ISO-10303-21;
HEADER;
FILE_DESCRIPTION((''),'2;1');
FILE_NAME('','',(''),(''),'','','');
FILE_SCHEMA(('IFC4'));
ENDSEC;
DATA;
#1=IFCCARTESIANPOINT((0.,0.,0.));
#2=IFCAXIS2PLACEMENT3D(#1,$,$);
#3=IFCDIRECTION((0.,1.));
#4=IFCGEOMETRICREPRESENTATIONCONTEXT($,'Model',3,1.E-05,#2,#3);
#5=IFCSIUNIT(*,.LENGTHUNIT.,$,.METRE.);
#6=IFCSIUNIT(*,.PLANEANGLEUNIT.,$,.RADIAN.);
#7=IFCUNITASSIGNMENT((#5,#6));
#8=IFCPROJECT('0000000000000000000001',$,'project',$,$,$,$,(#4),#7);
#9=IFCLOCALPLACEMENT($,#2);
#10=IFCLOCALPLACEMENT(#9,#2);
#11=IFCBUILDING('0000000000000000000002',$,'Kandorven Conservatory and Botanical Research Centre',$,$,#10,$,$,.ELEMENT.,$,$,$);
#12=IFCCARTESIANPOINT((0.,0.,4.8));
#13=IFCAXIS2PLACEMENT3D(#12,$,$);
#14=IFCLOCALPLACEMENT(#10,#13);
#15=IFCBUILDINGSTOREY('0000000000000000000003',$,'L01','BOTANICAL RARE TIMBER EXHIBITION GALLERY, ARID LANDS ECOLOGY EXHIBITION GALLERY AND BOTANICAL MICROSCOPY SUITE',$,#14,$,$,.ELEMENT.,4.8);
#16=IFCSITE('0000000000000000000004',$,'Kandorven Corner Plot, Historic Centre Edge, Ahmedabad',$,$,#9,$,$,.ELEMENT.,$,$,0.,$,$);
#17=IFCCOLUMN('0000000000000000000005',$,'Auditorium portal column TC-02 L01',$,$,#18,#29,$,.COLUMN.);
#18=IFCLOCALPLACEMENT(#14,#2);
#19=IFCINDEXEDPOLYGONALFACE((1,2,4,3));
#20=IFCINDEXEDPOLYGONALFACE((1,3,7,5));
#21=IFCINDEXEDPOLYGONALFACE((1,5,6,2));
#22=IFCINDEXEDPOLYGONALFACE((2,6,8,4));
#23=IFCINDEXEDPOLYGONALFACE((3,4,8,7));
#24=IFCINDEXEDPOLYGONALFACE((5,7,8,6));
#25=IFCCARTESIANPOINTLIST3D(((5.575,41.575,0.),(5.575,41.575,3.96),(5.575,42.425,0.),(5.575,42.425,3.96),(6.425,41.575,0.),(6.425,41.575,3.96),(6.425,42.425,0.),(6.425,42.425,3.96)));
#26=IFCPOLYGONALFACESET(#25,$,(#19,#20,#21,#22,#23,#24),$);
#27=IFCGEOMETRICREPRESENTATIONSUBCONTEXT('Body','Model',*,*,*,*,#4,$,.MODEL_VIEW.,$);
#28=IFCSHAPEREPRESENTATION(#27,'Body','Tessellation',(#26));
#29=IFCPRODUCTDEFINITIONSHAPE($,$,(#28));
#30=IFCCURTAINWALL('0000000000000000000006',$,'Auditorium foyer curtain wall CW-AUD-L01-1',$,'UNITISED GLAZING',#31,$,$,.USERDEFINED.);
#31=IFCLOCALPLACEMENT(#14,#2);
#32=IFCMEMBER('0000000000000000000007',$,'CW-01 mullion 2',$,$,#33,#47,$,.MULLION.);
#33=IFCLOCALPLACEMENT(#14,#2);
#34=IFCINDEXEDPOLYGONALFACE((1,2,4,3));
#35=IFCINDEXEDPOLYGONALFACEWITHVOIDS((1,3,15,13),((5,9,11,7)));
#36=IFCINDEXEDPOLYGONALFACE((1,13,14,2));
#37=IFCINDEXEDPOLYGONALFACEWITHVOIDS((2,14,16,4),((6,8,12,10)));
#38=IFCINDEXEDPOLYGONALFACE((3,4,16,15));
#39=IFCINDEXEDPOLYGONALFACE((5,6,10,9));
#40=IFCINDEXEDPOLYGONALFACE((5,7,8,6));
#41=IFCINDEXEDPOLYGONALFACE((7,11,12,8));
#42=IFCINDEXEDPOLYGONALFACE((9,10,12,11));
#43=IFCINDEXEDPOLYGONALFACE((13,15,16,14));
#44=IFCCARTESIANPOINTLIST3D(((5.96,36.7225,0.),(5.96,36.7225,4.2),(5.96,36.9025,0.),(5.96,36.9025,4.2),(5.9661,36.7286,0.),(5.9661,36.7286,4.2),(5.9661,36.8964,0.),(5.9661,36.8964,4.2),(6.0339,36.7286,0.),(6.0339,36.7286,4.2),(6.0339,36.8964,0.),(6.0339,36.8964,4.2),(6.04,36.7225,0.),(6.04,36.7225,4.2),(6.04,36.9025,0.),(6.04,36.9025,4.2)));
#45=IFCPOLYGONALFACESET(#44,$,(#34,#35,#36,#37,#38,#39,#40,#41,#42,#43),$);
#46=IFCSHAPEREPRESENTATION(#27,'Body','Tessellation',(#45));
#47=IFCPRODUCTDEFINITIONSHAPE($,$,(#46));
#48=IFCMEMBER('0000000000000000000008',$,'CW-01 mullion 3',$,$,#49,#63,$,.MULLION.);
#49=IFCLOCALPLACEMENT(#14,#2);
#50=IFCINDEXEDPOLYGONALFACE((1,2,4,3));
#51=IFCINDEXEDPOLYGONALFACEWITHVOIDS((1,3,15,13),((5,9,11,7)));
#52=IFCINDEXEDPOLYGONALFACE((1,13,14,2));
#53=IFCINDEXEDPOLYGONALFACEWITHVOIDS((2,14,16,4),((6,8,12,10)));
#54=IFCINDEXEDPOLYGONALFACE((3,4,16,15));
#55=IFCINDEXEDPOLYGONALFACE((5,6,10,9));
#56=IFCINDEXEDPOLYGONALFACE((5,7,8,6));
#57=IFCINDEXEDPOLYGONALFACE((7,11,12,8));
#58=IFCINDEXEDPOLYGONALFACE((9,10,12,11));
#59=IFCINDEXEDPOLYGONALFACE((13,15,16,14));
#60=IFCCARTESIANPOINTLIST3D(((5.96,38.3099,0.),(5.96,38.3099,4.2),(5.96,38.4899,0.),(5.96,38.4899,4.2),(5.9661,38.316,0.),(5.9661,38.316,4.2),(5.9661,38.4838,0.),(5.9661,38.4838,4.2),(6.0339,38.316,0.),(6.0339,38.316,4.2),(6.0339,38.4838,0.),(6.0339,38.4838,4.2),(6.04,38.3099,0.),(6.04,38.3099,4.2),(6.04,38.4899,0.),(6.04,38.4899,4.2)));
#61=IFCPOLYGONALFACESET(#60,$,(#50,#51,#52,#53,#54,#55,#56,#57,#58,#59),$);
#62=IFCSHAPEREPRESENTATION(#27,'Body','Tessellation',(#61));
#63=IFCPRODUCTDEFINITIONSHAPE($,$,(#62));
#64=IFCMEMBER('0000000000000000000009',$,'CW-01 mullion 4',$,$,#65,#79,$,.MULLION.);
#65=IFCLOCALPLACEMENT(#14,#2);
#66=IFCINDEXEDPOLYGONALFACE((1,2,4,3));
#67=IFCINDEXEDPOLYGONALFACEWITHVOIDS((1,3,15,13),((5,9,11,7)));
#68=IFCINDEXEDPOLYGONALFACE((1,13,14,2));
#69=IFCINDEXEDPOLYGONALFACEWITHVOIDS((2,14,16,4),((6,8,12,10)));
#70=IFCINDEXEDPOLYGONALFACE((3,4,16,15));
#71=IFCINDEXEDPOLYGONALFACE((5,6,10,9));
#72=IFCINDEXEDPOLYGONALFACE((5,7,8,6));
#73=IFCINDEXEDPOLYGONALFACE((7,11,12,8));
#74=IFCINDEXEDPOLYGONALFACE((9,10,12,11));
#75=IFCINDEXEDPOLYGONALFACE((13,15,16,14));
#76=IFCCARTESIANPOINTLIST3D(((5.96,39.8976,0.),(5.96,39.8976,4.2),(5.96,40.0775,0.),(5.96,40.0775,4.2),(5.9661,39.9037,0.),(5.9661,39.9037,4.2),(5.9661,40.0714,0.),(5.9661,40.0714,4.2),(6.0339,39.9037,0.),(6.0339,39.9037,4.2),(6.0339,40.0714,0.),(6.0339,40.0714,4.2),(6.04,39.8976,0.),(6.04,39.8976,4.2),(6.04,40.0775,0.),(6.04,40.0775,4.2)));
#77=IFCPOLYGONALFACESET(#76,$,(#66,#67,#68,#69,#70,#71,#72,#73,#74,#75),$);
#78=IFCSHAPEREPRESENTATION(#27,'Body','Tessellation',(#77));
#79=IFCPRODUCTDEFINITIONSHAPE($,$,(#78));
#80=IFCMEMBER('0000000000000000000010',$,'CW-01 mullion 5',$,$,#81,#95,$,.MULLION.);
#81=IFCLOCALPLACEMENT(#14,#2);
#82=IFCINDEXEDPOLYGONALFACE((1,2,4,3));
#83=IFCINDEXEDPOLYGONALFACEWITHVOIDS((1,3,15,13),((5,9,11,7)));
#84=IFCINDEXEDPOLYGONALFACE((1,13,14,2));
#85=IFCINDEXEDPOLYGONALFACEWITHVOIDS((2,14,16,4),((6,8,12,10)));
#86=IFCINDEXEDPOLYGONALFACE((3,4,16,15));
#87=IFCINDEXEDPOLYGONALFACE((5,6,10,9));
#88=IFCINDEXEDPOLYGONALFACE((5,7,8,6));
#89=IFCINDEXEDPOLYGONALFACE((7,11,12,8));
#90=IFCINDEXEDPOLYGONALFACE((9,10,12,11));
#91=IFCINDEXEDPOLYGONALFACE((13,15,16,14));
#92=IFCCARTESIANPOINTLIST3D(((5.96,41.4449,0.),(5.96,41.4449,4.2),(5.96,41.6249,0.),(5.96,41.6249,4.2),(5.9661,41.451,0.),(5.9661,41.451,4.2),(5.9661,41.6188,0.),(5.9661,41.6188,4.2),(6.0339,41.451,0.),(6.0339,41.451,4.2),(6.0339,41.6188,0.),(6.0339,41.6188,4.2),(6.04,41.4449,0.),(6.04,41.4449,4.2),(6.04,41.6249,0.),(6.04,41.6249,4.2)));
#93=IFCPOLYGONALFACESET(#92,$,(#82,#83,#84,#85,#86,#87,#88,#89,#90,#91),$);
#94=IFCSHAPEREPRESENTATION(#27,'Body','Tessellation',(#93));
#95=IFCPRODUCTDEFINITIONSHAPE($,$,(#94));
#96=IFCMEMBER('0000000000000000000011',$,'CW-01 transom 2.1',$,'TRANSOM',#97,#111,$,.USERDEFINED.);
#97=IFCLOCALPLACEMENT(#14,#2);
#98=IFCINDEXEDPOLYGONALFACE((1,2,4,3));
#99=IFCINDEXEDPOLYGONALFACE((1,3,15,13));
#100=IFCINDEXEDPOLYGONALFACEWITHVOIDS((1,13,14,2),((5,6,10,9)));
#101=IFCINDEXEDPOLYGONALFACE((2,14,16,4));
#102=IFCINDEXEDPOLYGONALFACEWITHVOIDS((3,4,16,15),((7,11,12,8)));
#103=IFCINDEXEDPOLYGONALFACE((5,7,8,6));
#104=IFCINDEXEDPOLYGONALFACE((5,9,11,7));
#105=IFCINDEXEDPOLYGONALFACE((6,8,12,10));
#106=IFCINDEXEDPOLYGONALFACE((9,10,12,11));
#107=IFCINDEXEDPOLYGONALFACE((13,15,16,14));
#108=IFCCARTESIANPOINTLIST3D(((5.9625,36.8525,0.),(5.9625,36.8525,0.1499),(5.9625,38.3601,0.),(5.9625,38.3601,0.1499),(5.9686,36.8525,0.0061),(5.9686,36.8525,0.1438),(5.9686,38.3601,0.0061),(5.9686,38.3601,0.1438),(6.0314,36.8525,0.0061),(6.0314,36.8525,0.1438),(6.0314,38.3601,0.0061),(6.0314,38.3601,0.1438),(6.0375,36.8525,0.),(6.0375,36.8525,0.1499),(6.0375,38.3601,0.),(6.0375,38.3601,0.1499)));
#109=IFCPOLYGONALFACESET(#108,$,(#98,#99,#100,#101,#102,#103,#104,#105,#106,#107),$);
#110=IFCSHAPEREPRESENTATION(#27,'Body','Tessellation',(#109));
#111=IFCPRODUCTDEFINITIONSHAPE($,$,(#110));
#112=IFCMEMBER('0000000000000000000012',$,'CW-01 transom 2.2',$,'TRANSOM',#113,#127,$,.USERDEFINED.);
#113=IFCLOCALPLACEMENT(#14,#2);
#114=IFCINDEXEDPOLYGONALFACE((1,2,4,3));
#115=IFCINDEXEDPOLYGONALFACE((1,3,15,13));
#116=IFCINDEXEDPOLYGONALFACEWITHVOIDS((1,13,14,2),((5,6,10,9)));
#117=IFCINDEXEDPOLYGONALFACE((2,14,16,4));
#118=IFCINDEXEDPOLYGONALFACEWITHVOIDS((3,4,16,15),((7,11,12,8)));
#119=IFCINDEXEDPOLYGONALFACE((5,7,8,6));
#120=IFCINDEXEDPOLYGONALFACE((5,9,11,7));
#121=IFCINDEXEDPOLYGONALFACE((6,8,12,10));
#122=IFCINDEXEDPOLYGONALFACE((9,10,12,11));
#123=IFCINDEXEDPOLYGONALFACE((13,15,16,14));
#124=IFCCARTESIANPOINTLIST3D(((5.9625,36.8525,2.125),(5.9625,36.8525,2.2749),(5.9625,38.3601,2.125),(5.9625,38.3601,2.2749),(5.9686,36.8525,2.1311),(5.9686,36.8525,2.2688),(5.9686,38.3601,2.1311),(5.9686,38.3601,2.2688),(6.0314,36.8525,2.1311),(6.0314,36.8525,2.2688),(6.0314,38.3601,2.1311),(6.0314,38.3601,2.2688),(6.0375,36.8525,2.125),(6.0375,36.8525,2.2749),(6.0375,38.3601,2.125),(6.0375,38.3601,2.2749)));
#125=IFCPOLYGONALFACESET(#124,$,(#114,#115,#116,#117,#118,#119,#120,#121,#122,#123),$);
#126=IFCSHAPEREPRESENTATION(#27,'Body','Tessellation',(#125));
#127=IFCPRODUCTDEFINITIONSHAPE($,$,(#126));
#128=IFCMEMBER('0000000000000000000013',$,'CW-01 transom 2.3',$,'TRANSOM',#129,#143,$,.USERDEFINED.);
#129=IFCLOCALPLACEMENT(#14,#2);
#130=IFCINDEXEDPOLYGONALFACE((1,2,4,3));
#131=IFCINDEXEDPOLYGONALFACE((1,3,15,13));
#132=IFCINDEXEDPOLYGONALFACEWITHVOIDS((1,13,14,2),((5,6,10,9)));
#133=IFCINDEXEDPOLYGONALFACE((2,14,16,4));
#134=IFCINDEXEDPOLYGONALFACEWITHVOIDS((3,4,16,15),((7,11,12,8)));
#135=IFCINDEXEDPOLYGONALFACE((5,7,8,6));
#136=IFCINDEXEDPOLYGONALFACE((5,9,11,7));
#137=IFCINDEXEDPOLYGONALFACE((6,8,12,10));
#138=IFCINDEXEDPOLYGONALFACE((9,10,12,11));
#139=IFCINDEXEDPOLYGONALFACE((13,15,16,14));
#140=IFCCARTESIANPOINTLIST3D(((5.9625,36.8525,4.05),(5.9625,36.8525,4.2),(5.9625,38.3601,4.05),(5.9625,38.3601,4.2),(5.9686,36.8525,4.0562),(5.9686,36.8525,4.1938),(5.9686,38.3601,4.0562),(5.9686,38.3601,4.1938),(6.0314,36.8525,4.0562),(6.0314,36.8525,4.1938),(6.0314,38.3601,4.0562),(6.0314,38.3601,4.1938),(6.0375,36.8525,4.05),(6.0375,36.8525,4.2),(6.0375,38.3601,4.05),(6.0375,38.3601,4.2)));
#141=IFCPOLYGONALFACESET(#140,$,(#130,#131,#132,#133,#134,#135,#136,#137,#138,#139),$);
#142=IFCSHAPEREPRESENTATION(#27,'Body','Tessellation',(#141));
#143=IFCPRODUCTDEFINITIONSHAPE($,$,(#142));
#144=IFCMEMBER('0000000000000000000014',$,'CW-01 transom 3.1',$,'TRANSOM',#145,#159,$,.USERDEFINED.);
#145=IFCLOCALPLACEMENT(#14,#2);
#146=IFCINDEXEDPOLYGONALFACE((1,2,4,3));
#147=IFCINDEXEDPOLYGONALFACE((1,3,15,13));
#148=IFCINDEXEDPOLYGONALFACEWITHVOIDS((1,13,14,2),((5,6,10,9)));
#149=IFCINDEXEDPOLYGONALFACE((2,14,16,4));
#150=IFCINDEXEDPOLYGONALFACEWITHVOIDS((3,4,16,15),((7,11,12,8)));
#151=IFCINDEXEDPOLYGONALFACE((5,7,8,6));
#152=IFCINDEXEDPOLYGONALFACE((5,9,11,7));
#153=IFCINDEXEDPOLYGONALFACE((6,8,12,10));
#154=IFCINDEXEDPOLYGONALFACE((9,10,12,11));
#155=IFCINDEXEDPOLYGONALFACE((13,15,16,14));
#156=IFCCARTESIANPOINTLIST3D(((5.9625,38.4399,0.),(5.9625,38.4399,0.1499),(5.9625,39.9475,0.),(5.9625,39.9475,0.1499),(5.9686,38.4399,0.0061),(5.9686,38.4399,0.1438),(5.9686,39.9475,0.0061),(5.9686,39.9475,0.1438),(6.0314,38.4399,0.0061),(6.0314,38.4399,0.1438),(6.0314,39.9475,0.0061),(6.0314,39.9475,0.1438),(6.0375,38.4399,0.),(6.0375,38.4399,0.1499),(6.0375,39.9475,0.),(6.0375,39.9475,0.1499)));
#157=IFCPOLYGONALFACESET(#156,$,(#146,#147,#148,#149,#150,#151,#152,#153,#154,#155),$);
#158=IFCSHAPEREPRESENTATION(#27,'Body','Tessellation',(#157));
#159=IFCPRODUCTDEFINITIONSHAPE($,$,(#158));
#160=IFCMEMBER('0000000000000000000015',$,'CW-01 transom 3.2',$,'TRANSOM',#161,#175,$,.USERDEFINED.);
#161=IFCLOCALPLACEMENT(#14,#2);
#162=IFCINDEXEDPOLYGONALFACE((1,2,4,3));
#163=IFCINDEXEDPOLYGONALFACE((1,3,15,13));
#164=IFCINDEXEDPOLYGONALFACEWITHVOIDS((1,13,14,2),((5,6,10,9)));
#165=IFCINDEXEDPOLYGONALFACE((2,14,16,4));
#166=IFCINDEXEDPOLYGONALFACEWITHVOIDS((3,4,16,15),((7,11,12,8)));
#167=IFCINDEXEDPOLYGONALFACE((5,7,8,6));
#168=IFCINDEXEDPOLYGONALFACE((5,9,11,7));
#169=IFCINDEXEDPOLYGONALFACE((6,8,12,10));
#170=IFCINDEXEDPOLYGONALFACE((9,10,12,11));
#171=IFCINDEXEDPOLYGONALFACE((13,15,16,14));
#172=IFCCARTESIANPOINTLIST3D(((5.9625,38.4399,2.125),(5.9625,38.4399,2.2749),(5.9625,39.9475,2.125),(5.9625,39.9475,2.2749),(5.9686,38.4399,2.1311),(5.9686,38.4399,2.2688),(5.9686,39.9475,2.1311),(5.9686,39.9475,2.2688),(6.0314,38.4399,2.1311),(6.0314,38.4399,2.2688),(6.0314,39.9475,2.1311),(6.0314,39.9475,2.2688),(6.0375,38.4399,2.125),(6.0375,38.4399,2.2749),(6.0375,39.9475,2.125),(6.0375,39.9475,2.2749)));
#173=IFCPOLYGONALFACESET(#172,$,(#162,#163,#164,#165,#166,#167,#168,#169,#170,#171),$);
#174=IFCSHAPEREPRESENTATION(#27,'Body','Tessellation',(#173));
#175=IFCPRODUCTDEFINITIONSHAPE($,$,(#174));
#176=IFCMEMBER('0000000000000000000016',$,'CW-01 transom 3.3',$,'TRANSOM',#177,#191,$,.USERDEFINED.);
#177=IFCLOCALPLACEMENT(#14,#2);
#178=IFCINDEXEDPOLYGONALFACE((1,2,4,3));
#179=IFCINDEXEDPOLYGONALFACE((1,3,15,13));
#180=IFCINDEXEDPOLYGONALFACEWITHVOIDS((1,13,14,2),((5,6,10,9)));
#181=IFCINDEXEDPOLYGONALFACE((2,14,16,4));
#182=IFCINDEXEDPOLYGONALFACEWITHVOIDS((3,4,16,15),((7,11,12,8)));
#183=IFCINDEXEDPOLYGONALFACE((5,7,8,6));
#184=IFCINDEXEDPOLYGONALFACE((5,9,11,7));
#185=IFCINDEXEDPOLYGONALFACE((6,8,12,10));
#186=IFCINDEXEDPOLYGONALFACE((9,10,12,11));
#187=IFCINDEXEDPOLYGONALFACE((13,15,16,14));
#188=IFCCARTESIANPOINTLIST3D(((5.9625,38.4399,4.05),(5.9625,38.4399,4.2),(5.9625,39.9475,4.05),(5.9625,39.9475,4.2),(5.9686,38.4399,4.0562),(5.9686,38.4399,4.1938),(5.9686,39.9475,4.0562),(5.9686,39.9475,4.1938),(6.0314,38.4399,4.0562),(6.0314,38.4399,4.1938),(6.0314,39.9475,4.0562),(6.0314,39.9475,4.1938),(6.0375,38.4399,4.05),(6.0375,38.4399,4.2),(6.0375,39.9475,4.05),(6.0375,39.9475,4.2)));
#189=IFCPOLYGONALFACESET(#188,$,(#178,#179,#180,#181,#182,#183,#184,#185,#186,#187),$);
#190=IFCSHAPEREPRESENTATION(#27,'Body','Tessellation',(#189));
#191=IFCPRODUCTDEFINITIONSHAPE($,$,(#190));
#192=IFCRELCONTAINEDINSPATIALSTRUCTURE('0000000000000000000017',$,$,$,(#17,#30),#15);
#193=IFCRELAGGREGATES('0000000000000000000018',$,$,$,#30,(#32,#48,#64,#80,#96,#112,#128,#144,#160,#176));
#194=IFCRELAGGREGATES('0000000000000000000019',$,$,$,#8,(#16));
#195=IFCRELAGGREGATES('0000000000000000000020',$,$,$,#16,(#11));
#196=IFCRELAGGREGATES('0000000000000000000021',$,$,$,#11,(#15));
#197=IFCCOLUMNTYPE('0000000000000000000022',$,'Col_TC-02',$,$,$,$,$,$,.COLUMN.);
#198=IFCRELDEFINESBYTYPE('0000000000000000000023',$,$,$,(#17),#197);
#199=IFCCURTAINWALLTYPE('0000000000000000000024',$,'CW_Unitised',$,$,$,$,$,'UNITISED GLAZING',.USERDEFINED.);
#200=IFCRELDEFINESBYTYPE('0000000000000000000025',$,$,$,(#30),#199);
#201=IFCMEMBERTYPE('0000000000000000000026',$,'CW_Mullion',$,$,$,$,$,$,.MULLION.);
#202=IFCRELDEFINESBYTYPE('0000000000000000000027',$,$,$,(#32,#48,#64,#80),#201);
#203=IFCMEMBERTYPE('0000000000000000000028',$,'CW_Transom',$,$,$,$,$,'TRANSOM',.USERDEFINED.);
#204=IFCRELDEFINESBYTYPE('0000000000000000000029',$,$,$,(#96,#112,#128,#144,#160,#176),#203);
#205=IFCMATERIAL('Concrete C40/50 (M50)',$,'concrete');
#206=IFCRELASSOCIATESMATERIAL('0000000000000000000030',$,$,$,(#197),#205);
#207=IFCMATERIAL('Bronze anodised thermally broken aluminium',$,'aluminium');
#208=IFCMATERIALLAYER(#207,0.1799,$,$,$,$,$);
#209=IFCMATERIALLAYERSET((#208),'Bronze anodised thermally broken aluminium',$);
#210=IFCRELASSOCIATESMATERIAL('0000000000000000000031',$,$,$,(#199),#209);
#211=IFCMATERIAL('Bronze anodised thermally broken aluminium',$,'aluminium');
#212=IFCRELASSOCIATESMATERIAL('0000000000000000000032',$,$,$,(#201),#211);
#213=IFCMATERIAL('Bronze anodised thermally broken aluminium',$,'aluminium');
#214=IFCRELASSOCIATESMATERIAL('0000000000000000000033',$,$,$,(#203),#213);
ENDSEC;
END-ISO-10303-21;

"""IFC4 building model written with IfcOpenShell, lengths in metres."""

from ifc_helpers import new_model, si_unit, direction, frame, origin, origin_2d, place, context, subcontext, project, spatial, rectangle, hollow_rectangle, extrude, material, layer, layer_set, material_profile, profile_set, type_object, element, aggregate, save


model = new_model("IFC4")

# Units and contexts
model_context = context("Model", 3, precision=1e-05, world=origin(), true_north=direction((0.0, 1.0)))
body_context = subcontext(model_context, "Body", "Model", "MODEL_VIEW")
ifc_project = project(units=[si_unit("LENGTHUNIT", "METRE"), si_unit("PLANEANGLEUNIT", "RADIAN")], contexts=[model_context])

# Site, building, storey
site_placement = place(None, origin())
site = spatial("IfcSite", under=ifc_project, at=site_placement, Name="Kandorven Corner Plot, Historic Centre Edge, Ahmedabad", CompositionType="ELEMENT", RefElevation=0.0)
building_placement = place(site_placement, origin())
building = spatial("IfcBuilding", under=site, at=building_placement, Name="Kandorven Conservatory and Botanical Research Centre", CompositionType="ELEMENT")
storey_placement = place(building_placement, frame((0.0, 0.0, 4.8)))
storey = spatial("IfcBuildingStorey", under=building, at=storey_placement, Name="L01", Description="BOTANICAL RARE TIMBER EXHIBITION GALLERY, ARID LANDS ECOLOGY EXHIBITION GALLERY AND BOTANICAL MICROSCOPY SUITE", CompositionType="ELEMENT", Elevation=4.8)

# Column
ifc_material_1 = material(Name="Concrete C40/50 (M50)", Category="concrete")
ifc_material_profile_1 = material_profile(ifc_material_1, rectangle(XDim=0.8501, YDim=0.8501, at=origin_2d()))
ifc_profile_set_1 = profile_set([ifc_material_profile_1], Name="Concrete C40/50 (M50)")
column_type = type_object("IfcColumnType", Name="Col_TC-02", PredefinedType="COLUMN", material=ifc_profile_set_1)
column_placement = place(storey_placement, frame((6.0, 42.0, 0.0), z_axis=(0.0, 0.0, 1.0), x_axis=(1.0, 0.0, 0.0)))
element("IfcColumn", 1, at=column_placement, inside=storey, type_object=column_type, Name="Auditorium portal column TC-02 L01", PredefinedType="COLUMN", context=body_context, shape_type="SweptSolid", body=[
    extrude(rectangle(XDim=0.8501, YDim=0.8501, at=origin_2d()), origin(), (0.0, 0.0, 1.0), 3.96),
])

# Curtain wall, members
ifc_material_2 = material(Name="Bronze anodised thermally broken aluminium", Category="aluminium")
ifc_layer_1 = layer(ifc_material_2, 0.1799)
ifc_layer_set_1 = layer_set([ifc_layer_1], Name="Bronze anodised thermally broken aluminium")
curtain_wall_type = type_object("IfcCurtainWallType", Name="CW_Unitised", ElementType="UNITISED GLAZING", PredefinedType="USERDEFINED", material=ifc_layer_set_1)
curtain_wall_placement = place(storey_placement, origin())
curtain_wall = element("IfcCurtainWall", 2, at=curtain_wall_placement, inside=storey, type_object=curtain_wall_type, Name="Auditorium foyer curtain wall CW-AUD-L01-1", ObjectType="UNITISED GLAZING", PredefinedType="USERDEFINED")
ifc_material_3 = material(Name="Bronze anodised thermally broken aluminium", Category="aluminium")
ifc_material_profile_2 = material_profile(ifc_material_3, hollow_rectangle(XDim=0.0801, YDim=0.1799, WallThickness=0.0061, at=origin_2d()))
ifc_profile_set_2 = profile_set([ifc_material_profile_2], Name="Bronze anodised thermally broken aluminium")
member_type_1 = type_object("IfcMemberType", Name="CW_Mullion", PredefinedType="MULLION", material=ifc_profile_set_2)
member_1_placement = place(storey_placement, frame((6.0, 36.8125, 0.0), z_axis=(0.0, 0.0, 1.0), x_axis=(-1.0, 0.0, 0.0)))
member_1 = element("IfcMember", 3, at=member_1_placement, type_object=member_type_1, Name="CW-01 mullion 2", PredefinedType="MULLION", context=body_context, shape_type="SweptSolid", body=[
    extrude(hollow_rectangle(XDim=0.0801, YDim=0.1799, WallThickness=0.0061, at=origin_2d()), origin(), (0.0, 0.0, 1.0), 4.2),
])
member_2_placement = place(storey_placement, frame((6.0, 38.3999, 0.0), z_axis=(0.0, 0.0, 1.0), x_axis=(-1.0, 0.0, 0.0)))
member_2 = element("IfcMember", 4, at=member_2_placement, type_object=member_type_1, Name="CW-01 mullion 3", PredefinedType="MULLION", context=body_context, shape_type="SweptSolid", body=[
    extrude(hollow_rectangle(XDim=0.0801, YDim=0.1799, WallThickness=0.0061, at=origin_2d()), origin(), (0.0, 0.0, 1.0), 4.2),
])
member_3_placement = place(storey_placement, frame((6.0, 39.9875, 0.0), z_axis=(0.0, 0.0, 1.0), x_axis=(-1.0, 0.0, 0.0)))
member_3 = element("IfcMember", 5, at=member_3_placement, type_object=member_type_1, Name="CW-01 mullion 4", PredefinedType="MULLION", context=body_context, shape_type="SweptSolid", body=[
    extrude(hollow_rectangle(XDim=0.0801, YDim=0.1799, WallThickness=0.0061, at=origin_2d()), origin(), (0.0, 0.0, 1.0), 4.2),
])
member_4_placement = place(storey_placement, frame((6.0, 41.5349, 0.0), z_axis=(0.0, 0.0, 1.0), x_axis=(-1.0, 0.0, 0.0)))
member_4 = element("IfcMember", 6, at=member_4_placement, type_object=member_type_1, Name="CW-01 mullion 5", PredefinedType="MULLION", context=body_context, shape_type="SweptSolid", body=[
    extrude(hollow_rectangle(XDim=0.0801, YDim=0.1799, WallThickness=0.0061, at=origin_2d()), origin(), (0.0, 0.0, 1.0), 4.2),
])
ifc_material_4 = material(Name="Bronze anodised thermally broken aluminium", Category="aluminium")
ifc_material_profile_3 = material_profile(ifc_material_4, hollow_rectangle(XDim=0.075, YDim=0.1499, WallThickness=0.0061, at=origin_2d()))
ifc_profile_set_3 = profile_set([ifc_material_profile_3], Name="Bronze anodised thermally broken aluminium")
member_type_2 = type_object("IfcMemberType", Name="CW_Transom", ElementType="TRANSOM", PredefinedType="USERDEFINED", material=ifc_profile_set_3)
member_5_placement = place(storey_placement, frame((6.0, 36.8525, 0.075), z_axis=(0.0, 1.0, 0.0), x_axis=(-1.0, 0.0, 0.0)))
member_5 = element("IfcMember", 7, at=member_5_placement, type_object=member_type_2, Name="CW-01 transom 2.1", ObjectType="TRANSOM", PredefinedType="USERDEFINED", context=body_context, shape_type="SweptSolid", body=[
    extrude(hollow_rectangle(XDim=0.075, YDim=0.1499, WallThickness=0.0061, at=origin_2d()), origin(), (0.0, 0.0, 1.0), 1.5076),
])
member_6_placement = place(storey_placement, frame((6.0, 36.8525, 2.2), z_axis=(0.0, 1.0, 0.0), x_axis=(-1.0, 0.0, 0.0)))
member_6 = element("IfcMember", 8, at=member_6_placement, type_object=member_type_2, Name="CW-01 transom 2.2", ObjectType="TRANSOM", PredefinedType="USERDEFINED", context=body_context, shape_type="SweptSolid", body=[
    extrude(hollow_rectangle(XDim=0.075, YDim=0.1499, WallThickness=0.0061, at=origin_2d()), origin(), (0.0, 0.0, 1.0), 1.5076),
])
member_7_placement = place(storey_placement, frame((6.0, 36.8525, 4.125), z_axis=(0.0, 1.0, 0.0), x_axis=(-1.0, 0.0, 0.0)))
member_7 = element("IfcMember", 9, at=member_7_placement, type_object=member_type_2, Name="CW-01 transom 2.3", ObjectType="TRANSOM", PredefinedType="USERDEFINED", context=body_context, shape_type="SweptSolid", body=[
    extrude(hollow_rectangle(XDim=0.075, YDim=0.1499, WallThickness=0.0061, at=origin_2d()), origin(), (0.0, 0.0, 1.0), 1.5076),
])
member_8_placement = place(storey_placement, frame((6.0, 38.4399, 0.075), z_axis=(0.0, 1.0, 0.0), x_axis=(-1.0, 0.0, 0.0)))
member_8 = element("IfcMember", 10, at=member_8_placement, type_object=member_type_2, Name="CW-01 transom 3.1", ObjectType="TRANSOM", PredefinedType="USERDEFINED", context=body_context, shape_type="SweptSolid", body=[
    extrude(hollow_rectangle(XDim=0.075, YDim=0.1499, WallThickness=0.0061, at=origin_2d()), origin(), (0.0, 0.0, 1.0), 1.5076),
])
member_9_placement = place(storey_placement, frame((6.0, 38.4399, 2.2), z_axis=(0.0, 1.0, 0.0), x_axis=(-1.0, 0.0, 0.0)))
member_9 = element("IfcMember", 11, at=member_9_placement, type_object=member_type_2, Name="CW-01 transom 3.2", ObjectType="TRANSOM", PredefinedType="USERDEFINED", context=body_context, shape_type="SweptSolid", body=[
    extrude(hollow_rectangle(XDim=0.075, YDim=0.1499, WallThickness=0.0061, at=origin_2d()), origin(), (0.0, 0.0, 1.0), 1.5076),
])
member_10_placement = place(storey_placement, frame((6.0, 38.4399, 4.125), z_axis=(0.0, 1.0, 0.0), x_axis=(-1.0, 0.0, 0.0)))
member_10 = element("IfcMember", 12, at=member_10_placement, type_object=member_type_2, Name="CW-01 transom 3.3", ObjectType="TRANSOM", PredefinedType="USERDEFINED", context=body_context, shape_type="SweptSolid", body=[
    extrude(hollow_rectangle(XDim=0.075, YDim=0.1499, WallThickness=0.0061, at=origin_2d()), origin(), (0.0, 0.0, 1.0), 1.5076),
])
aggregate(curtain_wall, [member_1, member_2, member_3, member_4, member_5, member_6, member_7, member_8, member_9, member_10])

save(model, "model.ifc")
